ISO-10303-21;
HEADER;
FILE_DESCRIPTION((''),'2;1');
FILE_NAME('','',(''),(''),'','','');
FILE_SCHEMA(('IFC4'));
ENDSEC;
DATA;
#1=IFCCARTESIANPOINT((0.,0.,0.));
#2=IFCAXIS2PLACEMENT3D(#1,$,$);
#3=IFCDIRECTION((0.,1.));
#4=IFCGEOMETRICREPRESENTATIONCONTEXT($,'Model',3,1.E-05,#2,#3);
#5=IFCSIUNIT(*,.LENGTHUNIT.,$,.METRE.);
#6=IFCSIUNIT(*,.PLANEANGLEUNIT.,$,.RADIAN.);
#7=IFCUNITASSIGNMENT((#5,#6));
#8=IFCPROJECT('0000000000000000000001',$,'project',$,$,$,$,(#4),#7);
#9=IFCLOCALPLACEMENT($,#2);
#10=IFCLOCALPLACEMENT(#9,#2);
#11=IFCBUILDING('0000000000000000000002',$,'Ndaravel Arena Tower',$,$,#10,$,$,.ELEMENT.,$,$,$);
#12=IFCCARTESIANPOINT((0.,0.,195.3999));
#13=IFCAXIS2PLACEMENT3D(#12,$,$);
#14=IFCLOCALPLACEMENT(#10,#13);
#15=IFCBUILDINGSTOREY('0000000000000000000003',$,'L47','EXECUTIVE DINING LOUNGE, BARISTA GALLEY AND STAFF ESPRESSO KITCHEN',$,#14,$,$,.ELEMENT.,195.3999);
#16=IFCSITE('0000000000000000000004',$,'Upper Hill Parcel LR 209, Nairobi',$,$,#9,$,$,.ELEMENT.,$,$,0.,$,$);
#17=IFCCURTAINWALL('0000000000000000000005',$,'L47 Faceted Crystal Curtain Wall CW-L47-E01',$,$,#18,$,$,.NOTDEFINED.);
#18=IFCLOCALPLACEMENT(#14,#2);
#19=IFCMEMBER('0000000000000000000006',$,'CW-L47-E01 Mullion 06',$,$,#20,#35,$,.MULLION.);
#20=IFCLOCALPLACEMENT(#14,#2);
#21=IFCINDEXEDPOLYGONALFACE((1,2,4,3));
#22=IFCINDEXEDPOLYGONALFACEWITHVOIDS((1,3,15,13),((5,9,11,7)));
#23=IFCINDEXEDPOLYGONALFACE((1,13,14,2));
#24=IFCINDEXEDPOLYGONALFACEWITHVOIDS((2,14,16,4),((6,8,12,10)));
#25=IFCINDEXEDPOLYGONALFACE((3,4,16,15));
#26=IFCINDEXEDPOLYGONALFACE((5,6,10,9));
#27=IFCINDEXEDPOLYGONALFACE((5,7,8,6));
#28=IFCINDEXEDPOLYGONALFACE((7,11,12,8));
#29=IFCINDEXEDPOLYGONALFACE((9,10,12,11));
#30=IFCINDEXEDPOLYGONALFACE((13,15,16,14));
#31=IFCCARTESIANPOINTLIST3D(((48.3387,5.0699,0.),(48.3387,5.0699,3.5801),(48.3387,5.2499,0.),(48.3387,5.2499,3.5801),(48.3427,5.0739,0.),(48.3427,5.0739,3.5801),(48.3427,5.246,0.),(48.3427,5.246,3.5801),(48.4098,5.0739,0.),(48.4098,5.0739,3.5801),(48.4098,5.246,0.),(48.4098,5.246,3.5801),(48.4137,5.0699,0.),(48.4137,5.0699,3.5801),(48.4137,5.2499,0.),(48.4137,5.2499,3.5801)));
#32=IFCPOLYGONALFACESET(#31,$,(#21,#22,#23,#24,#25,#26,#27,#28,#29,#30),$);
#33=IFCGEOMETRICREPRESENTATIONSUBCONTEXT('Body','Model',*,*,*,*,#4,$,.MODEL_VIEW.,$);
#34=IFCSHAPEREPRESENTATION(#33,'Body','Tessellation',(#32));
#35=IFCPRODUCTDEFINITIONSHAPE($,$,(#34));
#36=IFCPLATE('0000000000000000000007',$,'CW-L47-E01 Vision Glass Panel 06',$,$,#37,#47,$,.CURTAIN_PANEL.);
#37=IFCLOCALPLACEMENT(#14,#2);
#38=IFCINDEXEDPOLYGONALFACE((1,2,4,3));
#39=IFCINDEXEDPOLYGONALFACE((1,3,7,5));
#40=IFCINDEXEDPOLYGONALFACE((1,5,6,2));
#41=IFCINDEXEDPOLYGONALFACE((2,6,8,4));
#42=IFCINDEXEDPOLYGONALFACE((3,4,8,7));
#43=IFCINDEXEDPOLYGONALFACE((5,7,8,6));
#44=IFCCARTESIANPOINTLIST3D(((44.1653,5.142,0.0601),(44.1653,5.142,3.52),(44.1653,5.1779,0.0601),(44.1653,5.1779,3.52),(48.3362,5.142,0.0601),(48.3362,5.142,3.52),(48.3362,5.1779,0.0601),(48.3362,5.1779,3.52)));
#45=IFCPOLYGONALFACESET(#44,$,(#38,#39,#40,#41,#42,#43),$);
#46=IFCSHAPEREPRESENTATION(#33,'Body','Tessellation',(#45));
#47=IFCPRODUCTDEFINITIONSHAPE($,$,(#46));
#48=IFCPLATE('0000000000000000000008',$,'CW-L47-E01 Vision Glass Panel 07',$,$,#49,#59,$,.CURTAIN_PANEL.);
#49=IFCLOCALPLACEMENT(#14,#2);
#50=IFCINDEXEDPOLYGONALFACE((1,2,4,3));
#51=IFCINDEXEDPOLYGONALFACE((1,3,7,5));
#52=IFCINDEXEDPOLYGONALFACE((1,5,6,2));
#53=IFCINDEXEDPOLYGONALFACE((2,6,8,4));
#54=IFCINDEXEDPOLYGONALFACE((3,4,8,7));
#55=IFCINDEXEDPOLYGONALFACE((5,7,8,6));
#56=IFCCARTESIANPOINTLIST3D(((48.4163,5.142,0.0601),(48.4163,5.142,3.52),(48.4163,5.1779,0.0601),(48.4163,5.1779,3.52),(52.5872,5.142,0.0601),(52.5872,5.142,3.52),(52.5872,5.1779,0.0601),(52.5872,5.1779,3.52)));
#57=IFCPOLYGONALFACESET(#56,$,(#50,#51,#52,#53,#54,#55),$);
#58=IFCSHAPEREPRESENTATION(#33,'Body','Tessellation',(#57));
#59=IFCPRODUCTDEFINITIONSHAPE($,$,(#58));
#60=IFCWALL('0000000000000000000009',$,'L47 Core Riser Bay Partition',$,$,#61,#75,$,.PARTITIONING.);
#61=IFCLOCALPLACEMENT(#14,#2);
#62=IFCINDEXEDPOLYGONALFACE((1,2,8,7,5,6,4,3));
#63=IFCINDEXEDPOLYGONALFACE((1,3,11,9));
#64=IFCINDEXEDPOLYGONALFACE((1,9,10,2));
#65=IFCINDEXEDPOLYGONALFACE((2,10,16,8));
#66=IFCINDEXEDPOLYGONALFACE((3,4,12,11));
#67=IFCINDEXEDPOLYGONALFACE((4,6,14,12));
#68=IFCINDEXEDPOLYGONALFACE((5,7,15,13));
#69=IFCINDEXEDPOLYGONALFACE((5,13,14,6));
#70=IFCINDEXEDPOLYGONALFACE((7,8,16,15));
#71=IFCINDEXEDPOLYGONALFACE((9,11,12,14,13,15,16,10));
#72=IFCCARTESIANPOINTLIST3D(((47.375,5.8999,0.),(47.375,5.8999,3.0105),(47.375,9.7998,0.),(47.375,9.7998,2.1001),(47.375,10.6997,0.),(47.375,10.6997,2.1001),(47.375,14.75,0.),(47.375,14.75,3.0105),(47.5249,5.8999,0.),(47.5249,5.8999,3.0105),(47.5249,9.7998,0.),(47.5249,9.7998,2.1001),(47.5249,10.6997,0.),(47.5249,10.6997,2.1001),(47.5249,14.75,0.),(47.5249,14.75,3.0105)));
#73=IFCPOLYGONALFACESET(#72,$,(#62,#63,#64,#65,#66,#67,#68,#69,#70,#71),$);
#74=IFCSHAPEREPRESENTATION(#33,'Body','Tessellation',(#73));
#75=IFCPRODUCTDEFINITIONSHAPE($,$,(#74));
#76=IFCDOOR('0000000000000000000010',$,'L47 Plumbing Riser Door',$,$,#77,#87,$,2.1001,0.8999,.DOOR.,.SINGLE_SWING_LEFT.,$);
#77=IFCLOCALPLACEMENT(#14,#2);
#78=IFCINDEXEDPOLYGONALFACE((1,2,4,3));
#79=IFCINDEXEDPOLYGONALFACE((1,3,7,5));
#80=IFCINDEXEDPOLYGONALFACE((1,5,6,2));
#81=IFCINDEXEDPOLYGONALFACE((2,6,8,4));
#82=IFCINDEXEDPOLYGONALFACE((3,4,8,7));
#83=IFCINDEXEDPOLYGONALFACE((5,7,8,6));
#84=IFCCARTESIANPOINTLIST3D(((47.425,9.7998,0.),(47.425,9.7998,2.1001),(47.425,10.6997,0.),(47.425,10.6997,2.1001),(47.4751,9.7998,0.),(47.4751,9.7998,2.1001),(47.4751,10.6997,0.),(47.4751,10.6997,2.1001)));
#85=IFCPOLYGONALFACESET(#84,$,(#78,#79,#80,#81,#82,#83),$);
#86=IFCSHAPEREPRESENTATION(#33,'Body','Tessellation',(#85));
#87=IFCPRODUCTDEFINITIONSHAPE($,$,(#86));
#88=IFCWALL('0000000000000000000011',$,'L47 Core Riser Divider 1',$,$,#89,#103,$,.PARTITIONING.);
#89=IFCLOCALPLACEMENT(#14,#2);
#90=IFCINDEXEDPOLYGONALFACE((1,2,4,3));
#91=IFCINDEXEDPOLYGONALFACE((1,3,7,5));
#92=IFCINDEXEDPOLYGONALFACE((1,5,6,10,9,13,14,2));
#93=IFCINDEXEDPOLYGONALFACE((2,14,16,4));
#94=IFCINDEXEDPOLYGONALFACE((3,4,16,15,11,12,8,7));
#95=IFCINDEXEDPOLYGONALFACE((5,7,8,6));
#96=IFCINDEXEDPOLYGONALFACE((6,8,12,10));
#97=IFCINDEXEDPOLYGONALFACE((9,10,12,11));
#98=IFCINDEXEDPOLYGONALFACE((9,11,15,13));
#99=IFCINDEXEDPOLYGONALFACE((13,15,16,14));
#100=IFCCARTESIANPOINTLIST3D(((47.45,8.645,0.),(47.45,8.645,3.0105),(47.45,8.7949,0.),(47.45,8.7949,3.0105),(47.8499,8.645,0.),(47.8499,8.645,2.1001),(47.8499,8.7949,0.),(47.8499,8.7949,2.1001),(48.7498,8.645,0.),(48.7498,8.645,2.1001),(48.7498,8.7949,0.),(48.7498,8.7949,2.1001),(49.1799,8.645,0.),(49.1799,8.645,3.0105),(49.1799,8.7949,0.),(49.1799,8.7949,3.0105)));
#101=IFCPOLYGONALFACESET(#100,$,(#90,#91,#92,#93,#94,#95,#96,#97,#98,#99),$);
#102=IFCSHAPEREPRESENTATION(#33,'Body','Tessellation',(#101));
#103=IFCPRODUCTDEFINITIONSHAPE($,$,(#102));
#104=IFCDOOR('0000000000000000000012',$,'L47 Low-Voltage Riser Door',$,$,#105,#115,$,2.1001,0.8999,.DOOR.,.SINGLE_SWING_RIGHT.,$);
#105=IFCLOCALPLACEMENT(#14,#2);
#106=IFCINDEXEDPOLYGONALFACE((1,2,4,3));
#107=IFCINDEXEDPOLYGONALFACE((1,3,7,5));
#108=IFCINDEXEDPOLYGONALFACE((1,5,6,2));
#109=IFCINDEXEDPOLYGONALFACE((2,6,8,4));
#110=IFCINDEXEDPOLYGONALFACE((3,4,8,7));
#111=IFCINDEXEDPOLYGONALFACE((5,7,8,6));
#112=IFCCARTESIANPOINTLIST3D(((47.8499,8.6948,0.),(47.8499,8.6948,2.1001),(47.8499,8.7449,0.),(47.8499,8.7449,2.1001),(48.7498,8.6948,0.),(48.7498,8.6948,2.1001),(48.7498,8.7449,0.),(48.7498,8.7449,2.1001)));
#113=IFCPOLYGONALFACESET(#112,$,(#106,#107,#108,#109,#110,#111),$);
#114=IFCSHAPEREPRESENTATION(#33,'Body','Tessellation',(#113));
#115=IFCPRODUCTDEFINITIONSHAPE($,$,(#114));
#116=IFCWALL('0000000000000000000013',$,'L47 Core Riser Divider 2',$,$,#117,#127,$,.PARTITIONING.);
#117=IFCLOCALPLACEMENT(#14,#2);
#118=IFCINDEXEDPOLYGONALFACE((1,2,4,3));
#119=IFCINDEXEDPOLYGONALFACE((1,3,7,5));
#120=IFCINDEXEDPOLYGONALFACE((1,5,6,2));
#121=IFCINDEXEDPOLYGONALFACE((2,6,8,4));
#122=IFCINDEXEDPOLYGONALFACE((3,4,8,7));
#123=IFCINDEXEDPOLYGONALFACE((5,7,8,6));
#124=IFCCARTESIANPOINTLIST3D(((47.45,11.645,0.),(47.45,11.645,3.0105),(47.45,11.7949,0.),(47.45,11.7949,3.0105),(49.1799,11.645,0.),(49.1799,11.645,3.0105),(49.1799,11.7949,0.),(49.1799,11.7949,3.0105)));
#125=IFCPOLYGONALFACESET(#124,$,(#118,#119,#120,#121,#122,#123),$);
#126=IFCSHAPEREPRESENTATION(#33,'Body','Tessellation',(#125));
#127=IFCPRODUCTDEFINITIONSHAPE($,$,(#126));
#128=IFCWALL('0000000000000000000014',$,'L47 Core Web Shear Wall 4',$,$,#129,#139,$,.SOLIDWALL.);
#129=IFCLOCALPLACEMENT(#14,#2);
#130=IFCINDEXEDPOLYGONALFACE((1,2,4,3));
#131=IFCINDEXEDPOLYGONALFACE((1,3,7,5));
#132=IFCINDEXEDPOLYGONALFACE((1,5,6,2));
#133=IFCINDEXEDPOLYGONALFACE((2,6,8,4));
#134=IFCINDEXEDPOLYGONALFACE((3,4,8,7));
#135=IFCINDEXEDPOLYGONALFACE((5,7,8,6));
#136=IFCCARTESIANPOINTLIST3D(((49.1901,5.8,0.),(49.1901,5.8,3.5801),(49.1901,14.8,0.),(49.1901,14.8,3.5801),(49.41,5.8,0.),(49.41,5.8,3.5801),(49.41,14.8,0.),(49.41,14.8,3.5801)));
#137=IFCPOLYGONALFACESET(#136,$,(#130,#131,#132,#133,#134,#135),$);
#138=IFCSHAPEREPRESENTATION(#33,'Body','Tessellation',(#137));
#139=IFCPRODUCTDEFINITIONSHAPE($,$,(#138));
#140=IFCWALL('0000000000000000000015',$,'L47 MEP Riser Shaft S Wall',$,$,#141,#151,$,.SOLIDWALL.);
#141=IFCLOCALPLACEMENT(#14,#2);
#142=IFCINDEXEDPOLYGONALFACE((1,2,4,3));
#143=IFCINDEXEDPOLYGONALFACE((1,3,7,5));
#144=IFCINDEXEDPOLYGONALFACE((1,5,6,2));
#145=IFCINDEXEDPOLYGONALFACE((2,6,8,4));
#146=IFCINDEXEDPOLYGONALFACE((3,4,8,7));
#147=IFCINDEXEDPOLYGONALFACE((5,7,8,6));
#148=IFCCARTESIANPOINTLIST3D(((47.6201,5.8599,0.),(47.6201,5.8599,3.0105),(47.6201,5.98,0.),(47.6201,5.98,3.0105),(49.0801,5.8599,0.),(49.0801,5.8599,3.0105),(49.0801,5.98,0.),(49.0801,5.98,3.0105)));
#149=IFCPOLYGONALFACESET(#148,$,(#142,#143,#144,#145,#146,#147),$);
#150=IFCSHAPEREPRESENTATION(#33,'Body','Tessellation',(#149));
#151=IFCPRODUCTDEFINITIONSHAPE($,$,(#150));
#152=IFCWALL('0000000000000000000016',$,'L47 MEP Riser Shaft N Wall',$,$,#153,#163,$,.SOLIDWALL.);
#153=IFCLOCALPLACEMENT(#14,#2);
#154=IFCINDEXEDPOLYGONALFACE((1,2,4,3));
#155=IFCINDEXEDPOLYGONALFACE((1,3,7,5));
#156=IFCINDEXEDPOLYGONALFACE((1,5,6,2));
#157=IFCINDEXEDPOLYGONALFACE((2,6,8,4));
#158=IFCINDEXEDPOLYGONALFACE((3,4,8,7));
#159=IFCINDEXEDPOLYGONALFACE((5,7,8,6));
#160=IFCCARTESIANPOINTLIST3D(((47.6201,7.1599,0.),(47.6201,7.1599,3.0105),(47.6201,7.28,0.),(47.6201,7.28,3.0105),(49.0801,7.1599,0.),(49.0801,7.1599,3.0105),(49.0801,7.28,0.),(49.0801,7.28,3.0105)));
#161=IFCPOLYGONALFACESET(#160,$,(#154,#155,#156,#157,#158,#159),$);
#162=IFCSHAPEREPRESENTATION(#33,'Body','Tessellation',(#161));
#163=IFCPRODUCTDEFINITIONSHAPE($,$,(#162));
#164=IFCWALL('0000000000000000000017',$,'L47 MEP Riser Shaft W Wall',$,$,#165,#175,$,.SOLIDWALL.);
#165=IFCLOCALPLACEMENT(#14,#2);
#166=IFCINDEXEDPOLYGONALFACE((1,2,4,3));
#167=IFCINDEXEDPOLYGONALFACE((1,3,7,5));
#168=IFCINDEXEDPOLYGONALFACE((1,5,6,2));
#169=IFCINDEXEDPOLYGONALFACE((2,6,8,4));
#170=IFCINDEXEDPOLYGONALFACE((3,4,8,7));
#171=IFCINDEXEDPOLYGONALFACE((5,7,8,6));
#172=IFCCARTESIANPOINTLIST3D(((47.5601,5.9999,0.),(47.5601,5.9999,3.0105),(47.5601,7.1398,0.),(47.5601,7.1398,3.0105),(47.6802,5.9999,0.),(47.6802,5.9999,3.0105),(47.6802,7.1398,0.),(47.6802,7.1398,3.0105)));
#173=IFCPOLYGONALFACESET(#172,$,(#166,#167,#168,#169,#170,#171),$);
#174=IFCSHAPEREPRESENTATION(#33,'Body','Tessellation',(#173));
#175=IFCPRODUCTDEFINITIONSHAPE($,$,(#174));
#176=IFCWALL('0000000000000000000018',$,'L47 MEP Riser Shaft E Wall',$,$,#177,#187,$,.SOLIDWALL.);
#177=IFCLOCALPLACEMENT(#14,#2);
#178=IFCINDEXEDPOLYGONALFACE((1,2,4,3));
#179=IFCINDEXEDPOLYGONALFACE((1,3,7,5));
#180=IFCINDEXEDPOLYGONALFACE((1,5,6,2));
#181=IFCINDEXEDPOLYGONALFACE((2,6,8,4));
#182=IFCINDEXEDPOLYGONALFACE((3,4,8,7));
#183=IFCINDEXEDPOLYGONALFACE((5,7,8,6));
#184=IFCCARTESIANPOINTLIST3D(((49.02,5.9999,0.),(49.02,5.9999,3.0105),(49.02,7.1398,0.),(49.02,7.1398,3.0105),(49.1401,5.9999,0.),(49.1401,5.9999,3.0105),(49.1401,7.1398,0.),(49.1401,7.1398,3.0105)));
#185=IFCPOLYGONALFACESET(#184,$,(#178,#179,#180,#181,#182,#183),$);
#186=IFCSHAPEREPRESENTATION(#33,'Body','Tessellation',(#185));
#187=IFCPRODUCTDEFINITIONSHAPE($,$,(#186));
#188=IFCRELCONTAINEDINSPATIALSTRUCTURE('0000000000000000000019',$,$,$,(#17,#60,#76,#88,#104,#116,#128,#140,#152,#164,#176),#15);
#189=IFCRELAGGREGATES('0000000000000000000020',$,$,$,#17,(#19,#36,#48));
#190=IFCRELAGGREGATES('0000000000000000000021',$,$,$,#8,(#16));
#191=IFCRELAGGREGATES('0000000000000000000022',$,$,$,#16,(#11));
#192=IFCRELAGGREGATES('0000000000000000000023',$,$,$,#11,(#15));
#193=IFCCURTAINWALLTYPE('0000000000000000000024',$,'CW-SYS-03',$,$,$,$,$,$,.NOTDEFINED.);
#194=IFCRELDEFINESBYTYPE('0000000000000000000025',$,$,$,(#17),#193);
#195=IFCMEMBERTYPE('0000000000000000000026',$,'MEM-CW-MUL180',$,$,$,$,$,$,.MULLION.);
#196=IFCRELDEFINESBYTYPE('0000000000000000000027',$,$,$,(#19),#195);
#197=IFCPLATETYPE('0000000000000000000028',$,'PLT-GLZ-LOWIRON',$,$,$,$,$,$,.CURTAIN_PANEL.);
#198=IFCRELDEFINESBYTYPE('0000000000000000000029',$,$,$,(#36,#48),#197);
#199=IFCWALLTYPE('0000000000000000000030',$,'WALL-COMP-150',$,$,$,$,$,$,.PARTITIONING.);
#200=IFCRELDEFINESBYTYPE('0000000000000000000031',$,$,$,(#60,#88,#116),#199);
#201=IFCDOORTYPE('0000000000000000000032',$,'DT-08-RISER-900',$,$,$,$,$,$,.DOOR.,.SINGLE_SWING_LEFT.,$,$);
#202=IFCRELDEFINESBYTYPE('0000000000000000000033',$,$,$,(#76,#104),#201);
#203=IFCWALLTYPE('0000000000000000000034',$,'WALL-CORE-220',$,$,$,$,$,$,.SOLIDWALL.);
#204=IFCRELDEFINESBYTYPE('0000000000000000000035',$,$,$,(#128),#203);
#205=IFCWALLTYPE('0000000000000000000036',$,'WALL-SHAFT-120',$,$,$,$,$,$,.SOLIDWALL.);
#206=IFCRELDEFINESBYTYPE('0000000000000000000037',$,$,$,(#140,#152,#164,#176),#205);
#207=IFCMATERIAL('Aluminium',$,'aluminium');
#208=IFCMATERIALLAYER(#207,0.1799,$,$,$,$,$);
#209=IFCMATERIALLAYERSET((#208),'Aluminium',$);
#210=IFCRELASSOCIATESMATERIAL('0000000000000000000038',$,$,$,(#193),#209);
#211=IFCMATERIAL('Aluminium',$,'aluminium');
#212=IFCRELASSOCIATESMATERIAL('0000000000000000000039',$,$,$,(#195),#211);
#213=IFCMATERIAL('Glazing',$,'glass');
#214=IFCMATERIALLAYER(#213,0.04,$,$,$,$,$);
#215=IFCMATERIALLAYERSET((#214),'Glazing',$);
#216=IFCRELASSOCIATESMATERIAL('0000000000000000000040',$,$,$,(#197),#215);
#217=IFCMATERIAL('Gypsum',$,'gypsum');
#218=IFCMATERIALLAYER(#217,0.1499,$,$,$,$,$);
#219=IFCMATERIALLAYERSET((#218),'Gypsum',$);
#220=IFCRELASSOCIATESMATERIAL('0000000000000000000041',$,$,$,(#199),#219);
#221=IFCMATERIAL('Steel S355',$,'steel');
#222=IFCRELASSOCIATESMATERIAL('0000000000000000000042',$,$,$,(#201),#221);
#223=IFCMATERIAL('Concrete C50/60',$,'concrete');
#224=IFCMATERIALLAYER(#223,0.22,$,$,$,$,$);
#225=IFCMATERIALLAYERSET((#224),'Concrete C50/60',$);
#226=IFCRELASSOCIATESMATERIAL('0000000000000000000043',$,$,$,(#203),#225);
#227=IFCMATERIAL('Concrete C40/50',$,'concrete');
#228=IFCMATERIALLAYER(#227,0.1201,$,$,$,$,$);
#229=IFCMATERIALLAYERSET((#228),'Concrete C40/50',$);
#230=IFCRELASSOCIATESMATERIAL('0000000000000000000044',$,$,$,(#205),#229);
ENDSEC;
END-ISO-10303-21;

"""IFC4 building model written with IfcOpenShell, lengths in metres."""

from ifc_helpers import new_model, si_unit, direction, frame, frame_2d, origin, origin_2d, place, context, subcontext, project, spatial, rectangle, hollow_rectangle, extrude, material, layer, layer_set, material_profile, profile_set, type_object, element, fill, aggregate, save


model = new_model("IFC4")

# Units and contexts
model_context = context("Model", 3, precision=1e-05, world=origin(), true_north=direction((0.0, 1.0)))
body_context = subcontext(model_context, "Body", "Model", "MODEL_VIEW")
ifc_project = project(units=[si_unit("LENGTHUNIT", "METRE"), si_unit("PLANEANGLEUNIT", "RADIAN")], contexts=[model_context])

# Site, building, storey
site_placement = place(None, origin())
site = spatial("IfcSite", under=ifc_project, at=site_placement, Name="Upper Hill Parcel LR 209, Nairobi", CompositionType="ELEMENT", RefElevation=0.0)
building_placement = place(site_placement, origin())
building = spatial("IfcBuilding", under=site, at=building_placement, Name="Ndaravel Arena Tower", CompositionType="ELEMENT")
storey_placement = place(building_placement, frame((0.0, 0.0, 195.3999)))
storey = spatial("IfcBuildingStorey", under=building, at=storey_placement, Name="L47", Description="EXECUTIVE DINING LOUNGE, BARISTA GALLEY AND STAFF ESPRESSO KITCHEN", CompositionType="ELEMENT", Elevation=195.3999)

# Curtain wall, member, plates
ifc_material_1 = material(Name="Aluminium", Category="aluminium")
ifc_layer_1 = layer(ifc_material_1, 0.1799)
ifc_layer_set_1 = layer_set([ifc_layer_1], Name="Aluminium")
curtain_wall_type = type_object("IfcCurtainWallType", Name="CW-SYS-03", PredefinedType="NOTDEFINED", material=ifc_layer_set_1)
curtain_wall_placement = place(storey_placement, origin())
curtain_wall = element("IfcCurtainWall", 1, at=curtain_wall_placement, inside=storey, type_object=curtain_wall_type, Name="L47 Faceted Crystal Curtain Wall CW-L47-E01", PredefinedType="NOTDEFINED")
ifc_material_2 = material(Name="Aluminium", Category="aluminium")
ifc_material_profile = material_profile(ifc_material_2, hollow_rectangle(XDim=0.075, YDim=0.1799, WallThickness=0.0039, at=origin_2d()), Name="CW MULLION 75x180x4")
ifc_profile_set = profile_set([ifc_material_profile], Name="Aluminium")
member_type = type_object("IfcMemberType", Name="MEM-CW-MUL180", PredefinedType="MULLION", material=ifc_profile_set)
member_placement = place(storey_placement, frame((48.3762, 5.1599, 0.0), z_axis=(0.0, 0.0, 1.0), x_axis=(1.0, 0.0, 0.0)))
member = element("IfcMember", 2, at=member_placement, type_object=member_type, Name="CW-L47-E01 Mullion 06", PredefinedType="MULLION", context=body_context, shape_type="SweptSolid", body=[
    extrude(hollow_rectangle(XDim=0.075, YDim=0.1799, WallThickness=0.0039, at=origin_2d()), origin(), (0.0, 0.0, 1.0), 3.5801),
])
ifc_material_3 = material(Name="Glazing", Category="glass")
ifc_layer_2 = layer(ifc_material_3, 0.04)
ifc_layer_set_2 = layer_set([ifc_layer_2], Name="Glazing")
plate_type = type_object("IfcPlateType", Name="PLT-GLZ-LOWIRON", PredefinedType="CURTAIN_PANEL", material=ifc_layer_set_2)
plate_1_placement = place(storey_placement, frame((46.2507, 5.1599, 0.0601), z_axis=(0.0, 0.0, 1.0), x_axis=(1.0, 0.0, 0.0)))
plate_1 = element("IfcPlate", 3, at=plate_1_placement, type_object=plate_type, Name="CW-L47-E01 Vision Glass Panel 06", PredefinedType="CURTAIN_PANEL", context=body_context, shape_type="SweptSolid", body=[
    extrude(rectangle(XDim=4.1709, YDim=0.0359, at=origin_2d()), origin(), (0.0, 0.0, 1.0), 3.46),
])
plate_2_placement = place(storey_placement, frame((50.5017, 5.1599, 0.0601), z_axis=(0.0, 0.0, 1.0), x_axis=(1.0, 0.0, 0.0)))
plate_2 = element("IfcPlate", 4, at=plate_2_placement, type_object=plate_type, Name="CW-L47-E01 Vision Glass Panel 07", PredefinedType="CURTAIN_PANEL", context=body_context, shape_type="SweptSolid", body=[
    extrude(rectangle(XDim=4.1709, YDim=0.0359, at=origin_2d()), origin(), (0.0, 0.0, 1.0), 3.46),
])
aggregate(curtain_wall, [member, plate_1, plate_2])

# Walls, openings, doors
ifc_material_4 = material(Name="Gypsum", Category="gypsum")
ifc_layer_3 = layer(ifc_material_4, 0.1499)
ifc_layer_set_3 = layer_set([ifc_layer_3], Name="Gypsum")
wall_type_1 = type_object("IfcWallType", Name="WALL-COMP-150", PredefinedType="PARTITIONING", material=ifc_layer_set_3)
wall_1_placement = place(storey_placement, frame((47.45, 5.8999, 0.0), z_axis=(0.0, 0.0, 1.0), x_axis=(0.0, 1.0, 0.0)))
wall_1 = element("IfcWall", 5, at=wall_1_placement, inside=storey, type_object=wall_type_1, Name="L47 Core Riser Bay Partition", PredefinedType="PARTITIONING", context=body_context, shape_type="SweptSolid", body=[
    extrude(rectangle(XDim=8.8501, YDim=0.1499, at=frame_2d((4.425, 0.0))), origin(), (0.0, 0.0, 1.0), 3.0105),
])
opening_1_placement = place(wall_1_placement, frame((3.8999, 0.0, 0.0)))
opening_1 = element("IfcOpeningElement", 6, at=opening_1_placement, cuts=wall_1, PredefinedType="OPENING", context=body_context, shape_type="SweptSolid", body=[
    extrude(rectangle(XDim=0.8999, YDim=2.1001, at=frame_2d((0.45, 1.05))), frame((0.0, 0.075, 0.0), z_axis=(0.0, -1.0, 0.0), x_axis=(1.0, 0.0, 0.0)), (0.0, 0.0, 1.0), 0.1499),
])
ifc_material_5 = material(Name="Steel S355", Category="steel")
door_type_1 = type_object("IfcDoorType", Name="DT-08-RISER-900", OperationType="SINGLE_SWING_LEFT", PredefinedType="DOOR", material=ifc_material_5)
door_1_placement = place(opening_1_placement, origin())
door_1 = element("IfcDoor", 7, at=door_1_placement, inside=storey, type_object=door_type_1, Name="L47 Plumbing Riser Door", OperationType="SINGLE_SWING_LEFT", OverallHeight=2.1001, OverallWidth=0.8999, PredefinedType="DOOR", context=body_context, shape_type="SweptSolid", body=[
    extrude(rectangle(XDim=0.8999, YDim=2.1001, at=frame_2d((0.45, 1.05))), frame((0.0, 0.0249, 0.0), z_axis=(0.0, -1.0, 0.0), x_axis=(1.0, 0.0, 0.0)), (0.0, 0.0, 1.0), 0.05),
])
fill(opening_1, door_1)
wall_2_placement = place(storey_placement, frame((47.45, 8.72, 0.0), z_axis=(0.0, 0.0, 1.0), x_axis=(1.0, 0.0, 0.0)))
wall_2 = element("IfcWall", 8, at=wall_2_placement, inside=storey, type_object=wall_type_1, Name="L47 Core Riser Divider 1", PredefinedType="PARTITIONING", context=body_context, shape_type="SweptSolid", body=[
    extrude(rectangle(XDim=1.73, YDim=0.1499, at=frame_2d((0.865, 0.0))), origin(), (0.0, 0.0, 1.0), 3.0105),
])
opening_2_placement = place(wall_2_placement, frame((0.3999, 0.0, 0.0)))
opening_2 = element("IfcOpeningElement", 9, at=opening_2_placement, cuts=wall_2, PredefinedType="OPENING", context=body_context, shape_type="SweptSolid", body=[
    extrude(rectangle(XDim=0.8999, YDim=2.1001, at=frame_2d((0.45, 1.05))), frame((0.0, 0.075, 0.0), z_axis=(0.0, -1.0, 0.0), x_axis=(1.0, 0.0, 0.0)), (0.0, 0.0, 1.0), 0.1499),
])
door_2_placement = place(opening_2_placement, origin())
door_2 = element("IfcDoor", 10, at=door_2_placement, inside=storey, type_object=door_type_1, Name="L47 Low-Voltage Riser Door", OperationType="SINGLE_SWING_RIGHT", OverallHeight=2.1001, OverallWidth=0.8999, PredefinedType="DOOR", context=body_context, shape_type="SweptSolid", body=[
    extrude(rectangle(XDim=0.8999, YDim=2.1001, at=frame_2d((0.45, 1.05))), frame((0.0, 0.0249, 0.0), z_axis=(0.0, -1.0, 0.0), x_axis=(1.0, 0.0, 0.0)), (0.0, 0.0, 1.0), 0.05),
])
fill(opening_2, door_2)

# Walls
wall_3_placement = place(storey_placement, frame((47.45, 11.72, 0.0), z_axis=(0.0, 0.0, 1.0), x_axis=(1.0, 0.0, 0.0)))
element("IfcWall", 11, at=wall_3_placement, inside=storey, type_object=wall_type_1, Name="L47 Core Riser Divider 2", PredefinedType="PARTITIONING", context=body_context, shape_type="SweptSolid", body=[
    extrude(rectangle(XDim=1.73, YDim=0.1499, at=frame_2d((0.865, 0.0))), origin(), (0.0, 0.0, 1.0), 3.0105),
])
ifc_material_6 = material(Name="Concrete C50/60", Category="concrete")
ifc_layer_4 = layer(ifc_material_6, 0.22)
ifc_layer_set_4 = layer_set([ifc_layer_4], Name="Concrete C50/60")
wall_type_2 = type_object("IfcWallType", Name="WALL-CORE-220", PredefinedType="SOLIDWALL", material=ifc_layer_set_4)
wall_4_placement = place(storey_placement, frame((49.3, 5.8, 0.0), z_axis=(0.0, 0.0, 1.0), x_axis=(0.0, 1.0, 0.0)))
element("IfcWall", 12, at=wall_4_placement, inside=storey, type_object=wall_type_2, Name="L47 Core Web Shear Wall 4", PredefinedType="SOLIDWALL", context=body_context, shape_type="SweptSolid", body=[
    extrude(rectangle(XDim=9.0, YDim=0.22, at=frame_2d((4.5, 0.0))), origin(), (0.0, 0.0, 1.0), 3.5801),
])
ifc_material_7 = material(Name="Concrete C40/50", Category="concrete")
ifc_layer_5 = layer(ifc_material_7, 0.1201)
ifc_layer_set_5 = layer_set([ifc_layer_5], Name="Concrete C40/50")
wall_type_3 = type_object("IfcWallType", Name="WALL-SHAFT-120", PredefinedType="SOLIDWALL", material=ifc_layer_set_5)
for number, where, z_axis, x_axis, name in (
    (13, (47.6201, 5.9199, 0.0), (0.0, 0.0, 1.0), (1.0, 0.0, 0.0), "L47 MEP Riser Shaft S Wall"),
    (14, (47.6201, 7.22, 0.0), (0.0, 0.0, 1.0), (1.0, 0.0, 0.0), "L47 MEP Riser Shaft N Wall"),
):
    element("IfcWall", number, at=place(storey_placement, frame(where, z_axis=z_axis, x_axis=x_axis)), inside=storey, type_object=wall_type_3, Name=name, PredefinedType="SOLIDWALL", context=body_context, shape_type="SweptSolid", body=[
        extrude(rectangle(XDim=1.46, YDim=0.1201, at=frame_2d((0.73, 0.0))), origin(), (0.0, 0.0, 1.0), 3.0105),
    ])
for number, where, z_axis, x_axis, name in (
    (15, (47.6201, 6.0, 0.0), (0.0, 0.0, 1.0), (0.0, 1.0, 0.0), "L47 MEP Riser Shaft W Wall"),
    (16, (49.0801, 6.0, 0.0), (0.0, 0.0, 1.0), (0.0, 1.0, 0.0), "L47 MEP Riser Shaft E Wall"),
):
    element("IfcWall", number, at=place(storey_placement, frame(where, z_axis=z_axis, x_axis=x_axis)), inside=storey, type_object=wall_type_3, Name=name, PredefinedType="SOLIDWALL", context=body_context, shape_type="SweptSolid", body=[
        extrude(rectangle(XDim=1.1399, YDim=0.1201, at=frame_2d((0.5698, 0.0))), origin(), (0.0, 0.0, 1.0), 3.0105),
    ])

save(model, "model.ifc")
